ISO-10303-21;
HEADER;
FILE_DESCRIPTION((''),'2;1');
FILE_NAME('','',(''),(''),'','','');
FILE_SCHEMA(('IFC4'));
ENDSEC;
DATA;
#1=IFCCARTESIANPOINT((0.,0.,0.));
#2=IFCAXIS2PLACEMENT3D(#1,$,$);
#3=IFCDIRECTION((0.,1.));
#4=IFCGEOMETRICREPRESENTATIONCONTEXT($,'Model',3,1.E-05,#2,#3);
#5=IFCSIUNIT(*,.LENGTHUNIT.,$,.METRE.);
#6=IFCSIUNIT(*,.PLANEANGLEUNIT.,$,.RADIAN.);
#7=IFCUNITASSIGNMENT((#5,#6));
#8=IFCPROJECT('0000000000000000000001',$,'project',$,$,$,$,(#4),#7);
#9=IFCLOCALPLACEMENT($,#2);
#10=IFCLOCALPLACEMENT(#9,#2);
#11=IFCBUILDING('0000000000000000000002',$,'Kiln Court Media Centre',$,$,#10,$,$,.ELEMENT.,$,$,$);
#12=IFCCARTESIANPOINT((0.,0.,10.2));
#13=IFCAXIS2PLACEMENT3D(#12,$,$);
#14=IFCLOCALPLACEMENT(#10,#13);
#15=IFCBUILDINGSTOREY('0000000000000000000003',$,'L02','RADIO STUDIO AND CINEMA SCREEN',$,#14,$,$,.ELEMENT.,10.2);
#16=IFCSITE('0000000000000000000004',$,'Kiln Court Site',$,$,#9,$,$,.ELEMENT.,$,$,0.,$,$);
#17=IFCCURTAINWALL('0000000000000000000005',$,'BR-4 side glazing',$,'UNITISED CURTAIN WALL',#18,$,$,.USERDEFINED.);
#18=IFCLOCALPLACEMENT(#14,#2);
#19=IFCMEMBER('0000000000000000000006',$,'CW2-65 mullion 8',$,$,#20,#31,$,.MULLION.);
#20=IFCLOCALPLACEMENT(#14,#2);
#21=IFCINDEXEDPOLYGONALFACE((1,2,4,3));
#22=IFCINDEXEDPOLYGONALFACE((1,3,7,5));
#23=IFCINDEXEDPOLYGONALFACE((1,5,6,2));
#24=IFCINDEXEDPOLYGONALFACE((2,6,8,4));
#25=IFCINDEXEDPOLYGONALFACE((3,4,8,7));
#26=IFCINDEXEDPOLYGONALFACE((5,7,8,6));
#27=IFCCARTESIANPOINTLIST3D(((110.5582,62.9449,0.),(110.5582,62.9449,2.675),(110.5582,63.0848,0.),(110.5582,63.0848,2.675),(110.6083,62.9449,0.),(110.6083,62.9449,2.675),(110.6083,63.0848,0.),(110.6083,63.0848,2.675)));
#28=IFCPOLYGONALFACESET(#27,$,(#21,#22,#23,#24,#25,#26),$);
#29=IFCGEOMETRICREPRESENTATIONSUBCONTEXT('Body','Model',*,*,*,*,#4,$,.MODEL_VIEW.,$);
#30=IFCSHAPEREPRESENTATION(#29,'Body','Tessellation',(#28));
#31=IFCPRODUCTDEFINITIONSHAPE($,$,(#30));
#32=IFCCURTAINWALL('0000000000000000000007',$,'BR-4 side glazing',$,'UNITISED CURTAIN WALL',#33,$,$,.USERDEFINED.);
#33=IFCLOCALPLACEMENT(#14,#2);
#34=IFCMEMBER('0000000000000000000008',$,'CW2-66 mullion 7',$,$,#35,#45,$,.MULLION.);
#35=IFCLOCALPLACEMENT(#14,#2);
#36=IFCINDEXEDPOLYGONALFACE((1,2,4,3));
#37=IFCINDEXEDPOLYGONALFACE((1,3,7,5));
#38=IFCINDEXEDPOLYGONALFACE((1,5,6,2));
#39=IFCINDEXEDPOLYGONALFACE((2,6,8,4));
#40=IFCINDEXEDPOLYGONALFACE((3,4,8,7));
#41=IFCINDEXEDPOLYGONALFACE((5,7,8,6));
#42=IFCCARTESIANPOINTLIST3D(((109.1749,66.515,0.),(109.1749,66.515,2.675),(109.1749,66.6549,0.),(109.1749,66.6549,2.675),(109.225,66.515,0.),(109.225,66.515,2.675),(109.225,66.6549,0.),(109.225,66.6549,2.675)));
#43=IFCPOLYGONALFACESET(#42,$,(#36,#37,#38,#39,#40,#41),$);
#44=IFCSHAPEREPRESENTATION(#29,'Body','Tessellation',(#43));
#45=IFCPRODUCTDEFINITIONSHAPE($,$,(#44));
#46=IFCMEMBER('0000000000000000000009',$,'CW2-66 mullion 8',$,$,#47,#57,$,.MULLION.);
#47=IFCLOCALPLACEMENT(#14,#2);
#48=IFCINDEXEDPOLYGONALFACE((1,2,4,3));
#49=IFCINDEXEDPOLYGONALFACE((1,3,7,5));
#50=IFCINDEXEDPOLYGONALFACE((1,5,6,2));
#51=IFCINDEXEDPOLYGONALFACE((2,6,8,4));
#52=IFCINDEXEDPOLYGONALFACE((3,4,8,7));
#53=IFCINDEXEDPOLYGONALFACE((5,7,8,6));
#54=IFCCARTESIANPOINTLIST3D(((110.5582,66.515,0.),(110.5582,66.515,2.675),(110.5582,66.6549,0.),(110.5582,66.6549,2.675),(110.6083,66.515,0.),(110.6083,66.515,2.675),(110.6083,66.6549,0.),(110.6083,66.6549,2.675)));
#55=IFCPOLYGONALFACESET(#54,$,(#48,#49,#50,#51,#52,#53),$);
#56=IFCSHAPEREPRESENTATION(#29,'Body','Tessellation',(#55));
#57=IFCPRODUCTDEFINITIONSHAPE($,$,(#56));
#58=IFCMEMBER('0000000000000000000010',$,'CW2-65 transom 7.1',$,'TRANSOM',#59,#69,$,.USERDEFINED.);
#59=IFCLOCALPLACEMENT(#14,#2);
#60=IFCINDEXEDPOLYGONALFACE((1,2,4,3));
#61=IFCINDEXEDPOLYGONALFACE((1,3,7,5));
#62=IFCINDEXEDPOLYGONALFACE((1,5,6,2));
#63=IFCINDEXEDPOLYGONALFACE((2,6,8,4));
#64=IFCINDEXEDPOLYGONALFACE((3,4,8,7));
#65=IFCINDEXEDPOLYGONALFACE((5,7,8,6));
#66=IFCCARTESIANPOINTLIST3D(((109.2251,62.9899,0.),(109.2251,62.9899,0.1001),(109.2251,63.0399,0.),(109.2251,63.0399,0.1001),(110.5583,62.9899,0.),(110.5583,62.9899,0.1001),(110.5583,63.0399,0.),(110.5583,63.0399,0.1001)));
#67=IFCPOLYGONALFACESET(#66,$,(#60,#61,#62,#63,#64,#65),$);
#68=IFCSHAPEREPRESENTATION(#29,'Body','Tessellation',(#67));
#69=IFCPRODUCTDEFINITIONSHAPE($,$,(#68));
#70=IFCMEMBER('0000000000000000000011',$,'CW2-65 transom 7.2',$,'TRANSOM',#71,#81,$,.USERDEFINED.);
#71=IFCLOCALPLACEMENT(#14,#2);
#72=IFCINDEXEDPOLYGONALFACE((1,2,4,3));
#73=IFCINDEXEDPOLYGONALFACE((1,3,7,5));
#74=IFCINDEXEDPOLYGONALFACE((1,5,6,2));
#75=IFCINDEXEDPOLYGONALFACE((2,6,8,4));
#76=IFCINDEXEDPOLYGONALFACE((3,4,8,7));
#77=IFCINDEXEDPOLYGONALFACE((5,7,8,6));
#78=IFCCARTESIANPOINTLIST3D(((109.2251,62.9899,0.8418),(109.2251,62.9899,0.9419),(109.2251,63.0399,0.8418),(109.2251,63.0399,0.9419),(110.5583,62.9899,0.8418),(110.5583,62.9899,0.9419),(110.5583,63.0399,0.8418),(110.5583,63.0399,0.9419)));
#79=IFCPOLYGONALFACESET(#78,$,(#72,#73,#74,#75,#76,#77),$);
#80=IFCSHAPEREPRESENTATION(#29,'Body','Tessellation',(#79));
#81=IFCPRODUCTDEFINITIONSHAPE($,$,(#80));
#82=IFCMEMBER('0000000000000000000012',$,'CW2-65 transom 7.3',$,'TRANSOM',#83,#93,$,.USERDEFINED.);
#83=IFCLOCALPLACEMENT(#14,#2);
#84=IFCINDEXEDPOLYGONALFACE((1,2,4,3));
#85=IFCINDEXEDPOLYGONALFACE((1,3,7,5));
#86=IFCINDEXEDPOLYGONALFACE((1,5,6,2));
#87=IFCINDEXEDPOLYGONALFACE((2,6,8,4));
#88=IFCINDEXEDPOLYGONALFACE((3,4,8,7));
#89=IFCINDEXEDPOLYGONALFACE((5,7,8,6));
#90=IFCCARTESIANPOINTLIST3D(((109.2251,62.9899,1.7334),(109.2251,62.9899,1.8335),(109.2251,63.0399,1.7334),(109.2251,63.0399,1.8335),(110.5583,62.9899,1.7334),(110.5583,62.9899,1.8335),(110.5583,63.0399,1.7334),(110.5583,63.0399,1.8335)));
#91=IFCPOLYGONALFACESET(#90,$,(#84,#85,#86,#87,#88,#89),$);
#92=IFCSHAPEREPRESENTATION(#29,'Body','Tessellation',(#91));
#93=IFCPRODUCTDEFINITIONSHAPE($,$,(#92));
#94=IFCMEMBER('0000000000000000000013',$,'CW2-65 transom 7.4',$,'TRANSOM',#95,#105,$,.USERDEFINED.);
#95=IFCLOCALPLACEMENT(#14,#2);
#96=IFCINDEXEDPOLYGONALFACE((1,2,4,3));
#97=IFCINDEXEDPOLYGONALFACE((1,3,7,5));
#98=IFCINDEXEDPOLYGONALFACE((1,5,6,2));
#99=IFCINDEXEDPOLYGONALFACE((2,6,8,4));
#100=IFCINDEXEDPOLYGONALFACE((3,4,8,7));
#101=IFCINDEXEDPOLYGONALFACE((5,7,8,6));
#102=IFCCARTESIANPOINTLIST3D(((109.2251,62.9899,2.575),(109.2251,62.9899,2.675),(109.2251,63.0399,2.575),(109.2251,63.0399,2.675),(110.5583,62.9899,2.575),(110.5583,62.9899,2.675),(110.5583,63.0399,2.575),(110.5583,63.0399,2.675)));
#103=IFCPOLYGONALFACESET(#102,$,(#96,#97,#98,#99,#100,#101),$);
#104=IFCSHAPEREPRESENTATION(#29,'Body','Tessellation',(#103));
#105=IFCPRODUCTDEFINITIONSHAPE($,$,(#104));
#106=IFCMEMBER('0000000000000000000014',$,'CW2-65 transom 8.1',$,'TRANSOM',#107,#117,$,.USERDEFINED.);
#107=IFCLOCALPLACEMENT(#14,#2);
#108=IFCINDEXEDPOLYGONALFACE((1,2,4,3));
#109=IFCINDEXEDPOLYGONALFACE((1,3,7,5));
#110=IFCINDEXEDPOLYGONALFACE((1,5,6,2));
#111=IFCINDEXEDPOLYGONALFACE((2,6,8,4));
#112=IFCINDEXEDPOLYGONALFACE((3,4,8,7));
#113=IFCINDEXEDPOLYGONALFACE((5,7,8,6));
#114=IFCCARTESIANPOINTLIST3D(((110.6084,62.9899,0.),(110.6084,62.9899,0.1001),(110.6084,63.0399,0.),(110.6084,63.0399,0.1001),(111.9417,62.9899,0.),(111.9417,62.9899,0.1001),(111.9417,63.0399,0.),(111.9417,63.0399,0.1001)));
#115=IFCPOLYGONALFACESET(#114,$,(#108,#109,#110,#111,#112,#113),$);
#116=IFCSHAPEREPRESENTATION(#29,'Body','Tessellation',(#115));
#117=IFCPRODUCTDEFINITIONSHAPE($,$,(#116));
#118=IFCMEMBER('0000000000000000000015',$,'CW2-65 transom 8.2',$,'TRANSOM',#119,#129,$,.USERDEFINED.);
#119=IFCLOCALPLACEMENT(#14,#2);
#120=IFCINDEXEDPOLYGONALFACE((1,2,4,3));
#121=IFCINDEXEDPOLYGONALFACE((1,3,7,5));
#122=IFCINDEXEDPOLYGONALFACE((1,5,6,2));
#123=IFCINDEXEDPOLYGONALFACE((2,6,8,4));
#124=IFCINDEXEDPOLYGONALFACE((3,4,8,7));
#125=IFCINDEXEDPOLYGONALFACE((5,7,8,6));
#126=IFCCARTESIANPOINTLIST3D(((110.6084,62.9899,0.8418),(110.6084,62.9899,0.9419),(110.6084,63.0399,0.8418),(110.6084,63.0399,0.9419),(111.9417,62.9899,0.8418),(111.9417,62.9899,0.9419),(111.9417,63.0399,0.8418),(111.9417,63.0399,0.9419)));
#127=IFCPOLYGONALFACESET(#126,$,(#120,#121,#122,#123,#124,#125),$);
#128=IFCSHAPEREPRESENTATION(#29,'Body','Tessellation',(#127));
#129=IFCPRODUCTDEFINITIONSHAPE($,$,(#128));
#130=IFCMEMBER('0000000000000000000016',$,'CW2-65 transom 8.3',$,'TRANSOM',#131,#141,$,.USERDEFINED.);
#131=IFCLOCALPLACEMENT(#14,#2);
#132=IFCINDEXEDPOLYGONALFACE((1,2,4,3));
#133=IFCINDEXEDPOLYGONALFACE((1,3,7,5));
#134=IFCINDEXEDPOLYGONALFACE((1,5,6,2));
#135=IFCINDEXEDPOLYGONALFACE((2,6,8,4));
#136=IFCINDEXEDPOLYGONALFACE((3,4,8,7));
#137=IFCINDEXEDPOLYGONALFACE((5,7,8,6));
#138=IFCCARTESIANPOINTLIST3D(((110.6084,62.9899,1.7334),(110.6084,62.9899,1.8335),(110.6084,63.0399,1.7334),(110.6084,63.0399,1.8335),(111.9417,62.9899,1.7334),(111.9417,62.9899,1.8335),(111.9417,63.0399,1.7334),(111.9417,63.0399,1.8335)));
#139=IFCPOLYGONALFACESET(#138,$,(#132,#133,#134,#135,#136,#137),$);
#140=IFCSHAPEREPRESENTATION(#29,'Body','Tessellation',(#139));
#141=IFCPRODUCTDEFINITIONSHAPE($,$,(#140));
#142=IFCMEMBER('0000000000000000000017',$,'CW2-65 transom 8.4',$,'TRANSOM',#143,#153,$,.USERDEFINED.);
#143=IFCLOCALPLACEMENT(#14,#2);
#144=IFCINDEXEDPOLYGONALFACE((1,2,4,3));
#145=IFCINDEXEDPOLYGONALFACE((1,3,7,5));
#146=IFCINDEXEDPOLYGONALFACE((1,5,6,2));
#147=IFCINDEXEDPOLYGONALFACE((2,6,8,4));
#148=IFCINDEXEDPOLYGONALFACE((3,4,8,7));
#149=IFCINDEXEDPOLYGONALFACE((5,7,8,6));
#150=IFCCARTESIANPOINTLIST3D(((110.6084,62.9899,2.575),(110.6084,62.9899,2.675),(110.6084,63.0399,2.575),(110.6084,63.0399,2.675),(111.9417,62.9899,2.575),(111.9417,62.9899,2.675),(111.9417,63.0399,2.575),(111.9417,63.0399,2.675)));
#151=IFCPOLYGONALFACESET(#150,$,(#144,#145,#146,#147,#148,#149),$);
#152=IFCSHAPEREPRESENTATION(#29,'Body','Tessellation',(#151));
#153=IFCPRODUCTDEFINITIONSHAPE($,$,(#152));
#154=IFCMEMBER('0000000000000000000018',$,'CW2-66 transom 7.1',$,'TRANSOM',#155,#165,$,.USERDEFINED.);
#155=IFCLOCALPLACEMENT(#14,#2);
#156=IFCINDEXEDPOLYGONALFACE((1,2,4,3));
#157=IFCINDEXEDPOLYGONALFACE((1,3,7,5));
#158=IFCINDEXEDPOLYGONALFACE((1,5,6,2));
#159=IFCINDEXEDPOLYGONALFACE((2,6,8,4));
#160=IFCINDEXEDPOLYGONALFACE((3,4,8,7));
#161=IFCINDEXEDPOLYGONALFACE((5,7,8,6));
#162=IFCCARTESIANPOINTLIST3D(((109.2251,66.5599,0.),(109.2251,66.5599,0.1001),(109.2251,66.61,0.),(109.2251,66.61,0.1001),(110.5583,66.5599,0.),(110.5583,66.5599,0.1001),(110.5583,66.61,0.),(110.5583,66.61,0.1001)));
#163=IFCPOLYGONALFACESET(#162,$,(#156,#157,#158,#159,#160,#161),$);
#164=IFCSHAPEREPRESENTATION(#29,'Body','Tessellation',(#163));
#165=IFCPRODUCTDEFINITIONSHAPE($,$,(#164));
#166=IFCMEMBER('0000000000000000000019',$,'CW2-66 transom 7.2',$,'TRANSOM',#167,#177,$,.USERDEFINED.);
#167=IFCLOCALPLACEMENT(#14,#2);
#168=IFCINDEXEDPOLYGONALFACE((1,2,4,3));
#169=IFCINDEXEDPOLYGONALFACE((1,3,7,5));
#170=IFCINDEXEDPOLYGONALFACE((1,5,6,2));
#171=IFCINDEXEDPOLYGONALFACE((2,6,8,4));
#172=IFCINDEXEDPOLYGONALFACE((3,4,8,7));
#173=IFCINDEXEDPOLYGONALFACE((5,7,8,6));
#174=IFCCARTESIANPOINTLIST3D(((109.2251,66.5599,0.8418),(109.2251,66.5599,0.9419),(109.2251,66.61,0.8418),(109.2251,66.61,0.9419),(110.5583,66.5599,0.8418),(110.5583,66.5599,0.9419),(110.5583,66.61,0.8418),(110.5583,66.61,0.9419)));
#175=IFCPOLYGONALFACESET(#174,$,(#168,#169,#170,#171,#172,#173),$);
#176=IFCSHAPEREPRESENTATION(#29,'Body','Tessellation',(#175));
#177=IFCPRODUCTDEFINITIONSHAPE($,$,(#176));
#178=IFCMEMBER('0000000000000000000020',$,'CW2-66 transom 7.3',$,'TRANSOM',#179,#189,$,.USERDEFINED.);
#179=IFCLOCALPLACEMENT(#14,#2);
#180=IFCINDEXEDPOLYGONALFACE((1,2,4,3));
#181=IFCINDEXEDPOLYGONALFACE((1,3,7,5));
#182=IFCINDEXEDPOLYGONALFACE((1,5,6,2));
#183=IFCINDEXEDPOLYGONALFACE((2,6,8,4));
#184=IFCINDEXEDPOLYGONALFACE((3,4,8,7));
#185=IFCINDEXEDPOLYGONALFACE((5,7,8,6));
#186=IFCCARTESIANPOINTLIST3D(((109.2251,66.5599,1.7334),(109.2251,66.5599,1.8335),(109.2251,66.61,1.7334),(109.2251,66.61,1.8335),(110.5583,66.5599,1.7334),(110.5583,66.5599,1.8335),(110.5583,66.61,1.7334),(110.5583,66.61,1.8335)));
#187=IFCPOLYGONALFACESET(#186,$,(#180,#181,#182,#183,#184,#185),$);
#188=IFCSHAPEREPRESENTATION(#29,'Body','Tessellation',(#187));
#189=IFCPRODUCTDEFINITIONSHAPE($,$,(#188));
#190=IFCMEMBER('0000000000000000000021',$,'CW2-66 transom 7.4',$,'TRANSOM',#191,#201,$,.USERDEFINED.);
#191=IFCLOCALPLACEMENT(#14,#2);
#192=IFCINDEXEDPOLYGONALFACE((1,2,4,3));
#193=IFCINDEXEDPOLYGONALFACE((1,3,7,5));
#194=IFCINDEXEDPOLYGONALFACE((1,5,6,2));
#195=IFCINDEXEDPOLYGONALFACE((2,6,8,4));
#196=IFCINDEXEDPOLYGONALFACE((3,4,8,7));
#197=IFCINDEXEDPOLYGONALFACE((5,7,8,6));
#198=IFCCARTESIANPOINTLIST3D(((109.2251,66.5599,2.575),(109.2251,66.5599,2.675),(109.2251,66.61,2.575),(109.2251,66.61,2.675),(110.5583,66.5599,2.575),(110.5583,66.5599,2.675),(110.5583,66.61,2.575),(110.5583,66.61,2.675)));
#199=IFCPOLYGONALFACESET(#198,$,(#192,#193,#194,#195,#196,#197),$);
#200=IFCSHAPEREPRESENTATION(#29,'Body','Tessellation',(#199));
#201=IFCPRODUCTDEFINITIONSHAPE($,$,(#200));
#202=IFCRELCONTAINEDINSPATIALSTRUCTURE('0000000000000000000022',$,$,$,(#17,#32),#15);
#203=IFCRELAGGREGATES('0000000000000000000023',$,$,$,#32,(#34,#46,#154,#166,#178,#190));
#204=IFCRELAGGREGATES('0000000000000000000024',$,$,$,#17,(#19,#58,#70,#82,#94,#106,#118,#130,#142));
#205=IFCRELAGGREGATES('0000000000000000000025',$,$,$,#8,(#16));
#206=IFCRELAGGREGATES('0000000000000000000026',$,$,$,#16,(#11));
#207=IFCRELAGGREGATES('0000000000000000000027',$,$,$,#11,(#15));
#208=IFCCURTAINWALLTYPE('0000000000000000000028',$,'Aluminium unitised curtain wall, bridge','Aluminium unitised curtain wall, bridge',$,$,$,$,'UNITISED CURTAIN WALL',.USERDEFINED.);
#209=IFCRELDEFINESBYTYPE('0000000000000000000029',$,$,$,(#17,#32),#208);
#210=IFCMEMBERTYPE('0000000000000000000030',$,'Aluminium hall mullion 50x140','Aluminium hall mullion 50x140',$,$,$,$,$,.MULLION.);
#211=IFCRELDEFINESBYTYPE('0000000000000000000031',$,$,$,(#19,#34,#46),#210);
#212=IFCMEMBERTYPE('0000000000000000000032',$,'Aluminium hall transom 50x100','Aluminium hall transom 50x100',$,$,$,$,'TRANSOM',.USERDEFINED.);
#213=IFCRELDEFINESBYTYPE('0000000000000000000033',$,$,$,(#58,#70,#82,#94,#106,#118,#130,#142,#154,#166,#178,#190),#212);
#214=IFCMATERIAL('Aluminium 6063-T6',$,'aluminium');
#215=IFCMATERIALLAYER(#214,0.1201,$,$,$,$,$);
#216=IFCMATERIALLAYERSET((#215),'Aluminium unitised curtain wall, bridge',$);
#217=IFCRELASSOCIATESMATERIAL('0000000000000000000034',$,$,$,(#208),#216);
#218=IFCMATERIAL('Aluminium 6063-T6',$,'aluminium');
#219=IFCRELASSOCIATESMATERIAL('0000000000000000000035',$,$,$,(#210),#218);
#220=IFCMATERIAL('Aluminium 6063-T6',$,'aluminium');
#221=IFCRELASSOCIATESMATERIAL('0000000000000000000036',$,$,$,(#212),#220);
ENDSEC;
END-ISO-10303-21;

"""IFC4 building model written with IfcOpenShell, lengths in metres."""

from ifc_helpers import new_model, si_unit, direction, frame, origin, origin_2d, place, context, subcontext, project, spatial, rectangle, extrude, material, layer, layer_set, material_profile, profile_set, type_object, element, aggregate, save


model = new_model("IFC4")

# Units and contexts
model_context = context("Model", 3, precision=1e-05, world=origin(), true_north=direction((0.0, 1.0)))
body_context = subcontext(model_context, "Body", "Model", "MODEL_VIEW")
ifc_project = project(units=[si_unit("LENGTHUNIT", "METRE"), si_unit("PLANEANGLEUNIT", "RADIAN")], contexts=[model_context])

# Site, building, storey
site_placement = place(None, origin())
site = spatial("IfcSite", under=ifc_project, at=site_placement, Name="Kiln Court Site", CompositionType="ELEMENT", RefElevation=0.0)
building_placement = place(site_placement, origin())
building = spatial("IfcBuilding", under=site, at=building_placement, Name="Kiln Court Media Centre", CompositionType="ELEMENT")
storey_placement = place(building_placement, frame((0.0, 0.0, 10.2)))
storey = spatial("IfcBuildingStorey", under=building, at=storey_placement, Name="L02", Description="RADIO STUDIO AND CINEMA SCREEN", CompositionType="ELEMENT", Elevation=10.2)

# Curtain wall, member
ifc_material_1 = material(Name="Aluminium 6063-T6", Category="aluminium")
ifc_layer_1 = layer(ifc_material_1, 0.1201)
ifc_layer_set_1 = layer_set([ifc_layer_1], Name="Aluminium unitised curtain wall, bridge")
curtain_wall_type = type_object("IfcCurtainWallType", Name="Aluminium unitised curtain wall, bridge", Description="Aluminium unitised curtain wall, bridge", ElementType="UNITISED CURTAIN WALL", PredefinedType="USERDEFINED", material=ifc_layer_set_1)
curtain_wall_1_placement = place(storey_placement, origin())
curtain_wall_1 = element("IfcCurtainWall", 1, at=curtain_wall_1_placement, inside=storey, type_object=curtain_wall_type, Name="BR-4 side glazing", ObjectType="UNITISED CURTAIN WALL", PredefinedType="USERDEFINED")
ifc_material_2 = material(Name="Aluminium 6063-T6", Category="aluminium")
ifc_material_profile_1 = material_profile(ifc_material_2, rectangle(XDim=0.05, YDim=0.1399, at=origin_2d()), Name="Aluminium hall mullion 50x140")
ifc_profile_set_1 = profile_set([ifc_material_profile_1], Name="Aluminium 6063-T6")
member_type_1 = type_object("IfcMemberType", Name="Aluminium hall mullion 50x140", Description="Aluminium hall mullion 50x140", PredefinedType="MULLION", material=ifc_profile_set_1)
member_1_placement = place(storey_placement, frame((110.5833, 63.0149, 0.0), z_axis=(0.0, 0.0, 1.0), x_axis=(1.0, 0.0, 0.0)))
member_1 = element("IfcMember", 2, at=member_1_placement, type_object=member_type_1, Name="CW2-65 mullion 8", PredefinedType="MULLION", context=body_context, shape_type="SweptSolid", body=[
    extrude(rectangle(XDim=0.05, YDim=0.1399, at=origin_2d()), origin(), (0.0, 0.0, 1.0), 2.675),
])

# Curtain wall, members
curtain_wall_2_placement = place(storey_placement, origin())
curtain_wall_2 = element("IfcCurtainWall", 3, at=curtain_wall_2_placement, inside=storey, type_object=curtain_wall_type, Name="BR-4 side glazing", ObjectType="UNITISED CURTAIN WALL", PredefinedType="USERDEFINED")
member_2_placement = place(storey_placement, frame((109.2, 66.585, 0.0), z_axis=(0.0, 0.0, 1.0), x_axis=(1.0, 0.0, 0.0)))
member_2 = element("IfcMember", 4, at=member_2_placement, type_object=member_type_1, Name="CW2-66 mullion 7", PredefinedType="MULLION", context=body_context, shape_type="SweptSolid", body=[
    extrude(rectangle(XDim=0.05, YDim=0.1399, at=origin_2d()), origin(), (0.0, 0.0, 1.0), 2.675),
])
member_3_placement = place(storey_placement, frame((110.5833, 66.585, 0.0), z_axis=(0.0, 0.0, 1.0), x_axis=(1.0, 0.0, 0.0)))
member_3 = element("IfcMember", 5, at=member_3_placement, type_object=member_type_1, Name="CW2-66 mullion 8", PredefinedType="MULLION", context=body_context, shape_type="SweptSolid", body=[
    extrude(rectangle(XDim=0.05, YDim=0.1399, at=origin_2d()), origin(), (0.0, 0.0, 1.0), 2.675),
])

# Members
ifc_material_3 = material(Name="Aluminium 6063-T6", Category="aluminium")
ifc_material_profile_2 = material_profile(ifc_material_3, rectangle(XDim=0.05, YDim=0.1001, at=origin_2d()), Name="Aluminium hall transom 50x100")
ifc_profile_set_2 = profile_set([ifc_material_profile_2], Name="Aluminium 6063-T6")
member_type_2 = type_object("IfcMemberType", Name="Aluminium hall transom 50x100", Description="Aluminium hall transom 50x100", ElementType="TRANSOM", PredefinedType="USERDEFINED", material=ifc_profile_set_2)
member_4_placement = place(storey_placement, frame((109.2251, 63.0149, 0.05), z_axis=(1.0, 0.0, 0.0), x_axis=(0.0, 1.0, 0.0)))
member_4 = element("IfcMember", 6, at=member_4_placement, type_object=member_type_2, Name="CW2-65 transom 7.1", ObjectType="TRANSOM", PredefinedType="USERDEFINED", context=body_context, shape_type="SweptSolid", body=[
    extrude(rectangle(XDim=0.05, YDim=0.1001, at=origin_2d()), origin(), (0.0, 0.0, 1.0), 1.3333),
])
member_5_placement = place(storey_placement, frame((109.2251, 63.0149, 0.8918), z_axis=(1.0, 0.0, 0.0), x_axis=(0.0, 1.0, 0.0)))
member_5 = element("IfcMember", 7, at=member_5_placement, type_object=member_type_2, Name="CW2-65 transom 7.2", ObjectType="TRANSOM", PredefinedType="USERDEFINED", context=body_context, shape_type="SweptSolid", body=[
    extrude(rectangle(XDim=0.05, YDim=0.1001, at=origin_2d()), origin(), (0.0, 0.0, 1.0), 1.3333),
])
member_6_placement = place(storey_placement, frame((109.2251, 63.0149, 1.7834), z_axis=(1.0, 0.0, 0.0), x_axis=(0.0, 1.0, 0.0)))
member_6 = element("IfcMember", 8, at=member_6_placement, type_object=member_type_2, Name="CW2-65 transom 7.3", ObjectType="TRANSOM", PredefinedType="USERDEFINED", context=body_context, shape_type="SweptSolid", body=[
    extrude(rectangle(XDim=0.05, YDim=0.1001, at=origin_2d()), origin(), (0.0, 0.0, 1.0), 1.3333),
])
member_7_placement = place(storey_placement, frame((109.2251, 63.0149, 2.625), z_axis=(1.0, 0.0, 0.0), x_axis=(0.0, 1.0, 0.0)))
member_7 = element("IfcMember", 9, at=member_7_placement, type_object=member_type_2, Name="CW2-65 transom 7.4", ObjectType="TRANSOM", PredefinedType="USERDEFINED", context=body_context, shape_type="SweptSolid", body=[
    extrude(rectangle(XDim=0.05, YDim=0.1001, at=origin_2d()), origin(), (0.0, 0.0, 1.0), 1.3333),
])
member_8_placement = place(storey_placement, frame((110.6084, 63.0149, 0.05), z_axis=(1.0, 0.0, 0.0), x_axis=(0.0, 1.0, 0.0)))
member_8 = element("IfcMember", 10, at=member_8_placement, type_object=member_type_2, Name="CW2-65 transom 8.1", ObjectType="TRANSOM", PredefinedType="USERDEFINED", context=body_context, shape_type="SweptSolid", body=[
    extrude(rectangle(XDim=0.05, YDim=0.1001, at=origin_2d()), origin(), (0.0, 0.0, 1.0), 1.3333),
])
member_9_placement = place(storey_placement, frame((110.6084, 63.0149, 0.8918), z_axis=(1.0, 0.0, 0.0), x_axis=(0.0, 1.0, 0.0)))
member_9 = element("IfcMember", 11, at=member_9_placement, type_object=member_type_2, Name="CW2-65 transom 8.2", ObjectType="TRANSOM", PredefinedType="USERDEFINED", context=body_context, shape_type="SweptSolid", body=[
    extrude(rectangle(XDim=0.05, YDim=0.1001, at=origin_2d()), origin(), (0.0, 0.0, 1.0), 1.3333),
])
member_10_placement = place(storey_placement, frame((110.6084, 63.0149, 1.7834), z_axis=(1.0, 0.0, 0.0), x_axis=(0.0, 1.0, 0.0)))
member_10 = element("IfcMember", 12, at=member_10_placement, type_object=member_type_2, Name="CW2-65 transom 8.3", ObjectType="TRANSOM", PredefinedType="USERDEFINED", context=body_context, shape_type="SweptSolid", body=[
    extrude(rectangle(XDim=0.05, YDim=0.1001, at=origin_2d()), origin(), (0.0, 0.0, 1.0), 1.3333),
])
member_11_placement = place(storey_placement, frame((110.6084, 63.0149, 2.625), z_axis=(1.0, 0.0, 0.0), x_axis=(0.0, 1.0, 0.0)))
member_11 = element("IfcMember", 13, at=member_11_placement, type_object=member_type_2, Name="CW2-65 transom 8.4", ObjectType="TRANSOM", PredefinedType="USERDEFINED", context=body_context, shape_type="SweptSolid", body=[
    extrude(rectangle(XDim=0.05, YDim=0.1001, at=origin_2d()), origin(), (0.0, 0.0, 1.0), 1.3333),
])
member_12_placement = place(storey_placement, frame((109.2251, 66.585, 0.05), z_axis=(1.0, 0.0, 0.0), x_axis=(0.0, 1.0, 0.0)))
member_12 = element("IfcMember", 14, at=member_12_placement, type_object=member_type_2, Name="CW2-66 transom 7.1", ObjectType="TRANSOM", PredefinedType="USERDEFINED", context=body_context, shape_type="SweptSolid", body=[
    extrude(rectangle(XDim=0.05, YDim=0.1001, at=origin_2d()), origin(), (0.0, 0.0, 1.0), 1.3333),
])
member_13_placement = place(storey_placement, frame((109.2251, 66.585, 0.8918), z_axis=(1.0, 0.0, 0.0), x_axis=(0.0, 1.0, 0.0)))
member_13 = element("IfcMember", 15, at=member_13_placement, type_object=member_type_2, Name="CW2-66 transom 7.2", ObjectType="TRANSOM", PredefinedType="USERDEFINED", context=body_context, shape_type="SweptSolid", body=[
    extrude(rectangle(XDim=0.05, YDim=0.1001, at=origin_2d()), origin(), (0.0, 0.0, 1.0), 1.3333),
])
member_14_placement = place(storey_placement, frame((109.2251, 66.585, 1.7834), z_axis=(1.0, 0.0, 0.0), x_axis=(0.0, 1.0, 0.0)))
member_14 = element("IfcMember", 16, at=member_14_placement, type_object=member_type_2, Name="CW2-66 transom 7.3", ObjectType="TRANSOM", PredefinedType="USERDEFINED", context=body_context, shape_type="SweptSolid", body=[
    extrude(rectangle(XDim=0.05, YDim=0.1001, at=origin_2d()), origin(), (0.0, 0.0, 1.0), 1.3333),
])
member_15_placement = place(storey_placement, frame((109.2251, 66.585, 2.625), z_axis=(1.0, 0.0, 0.0), x_axis=(0.0, 1.0, 0.0)))
member_15 = element("IfcMember", 17, at=member_15_placement, type_object=member_type_2, Name="CW2-66 transom 7.4", ObjectType="TRANSOM", PredefinedType="USERDEFINED", context=body_context, shape_type="SweptSolid", body=[
    extrude(rectangle(XDim=0.05, YDim=0.1001, at=origin_2d()), origin(), (0.0, 0.0, 1.0), 1.3333),
])

aggregate(curtain_wall_2, [member_2, member_3, member_12, member_13, member_14, member_15])
aggregate(curtain_wall_1, [member_1, member_4, member_5, member_6, member_7, member_8, member_9, member_10, member_11])

save(model, "model.ifc")
